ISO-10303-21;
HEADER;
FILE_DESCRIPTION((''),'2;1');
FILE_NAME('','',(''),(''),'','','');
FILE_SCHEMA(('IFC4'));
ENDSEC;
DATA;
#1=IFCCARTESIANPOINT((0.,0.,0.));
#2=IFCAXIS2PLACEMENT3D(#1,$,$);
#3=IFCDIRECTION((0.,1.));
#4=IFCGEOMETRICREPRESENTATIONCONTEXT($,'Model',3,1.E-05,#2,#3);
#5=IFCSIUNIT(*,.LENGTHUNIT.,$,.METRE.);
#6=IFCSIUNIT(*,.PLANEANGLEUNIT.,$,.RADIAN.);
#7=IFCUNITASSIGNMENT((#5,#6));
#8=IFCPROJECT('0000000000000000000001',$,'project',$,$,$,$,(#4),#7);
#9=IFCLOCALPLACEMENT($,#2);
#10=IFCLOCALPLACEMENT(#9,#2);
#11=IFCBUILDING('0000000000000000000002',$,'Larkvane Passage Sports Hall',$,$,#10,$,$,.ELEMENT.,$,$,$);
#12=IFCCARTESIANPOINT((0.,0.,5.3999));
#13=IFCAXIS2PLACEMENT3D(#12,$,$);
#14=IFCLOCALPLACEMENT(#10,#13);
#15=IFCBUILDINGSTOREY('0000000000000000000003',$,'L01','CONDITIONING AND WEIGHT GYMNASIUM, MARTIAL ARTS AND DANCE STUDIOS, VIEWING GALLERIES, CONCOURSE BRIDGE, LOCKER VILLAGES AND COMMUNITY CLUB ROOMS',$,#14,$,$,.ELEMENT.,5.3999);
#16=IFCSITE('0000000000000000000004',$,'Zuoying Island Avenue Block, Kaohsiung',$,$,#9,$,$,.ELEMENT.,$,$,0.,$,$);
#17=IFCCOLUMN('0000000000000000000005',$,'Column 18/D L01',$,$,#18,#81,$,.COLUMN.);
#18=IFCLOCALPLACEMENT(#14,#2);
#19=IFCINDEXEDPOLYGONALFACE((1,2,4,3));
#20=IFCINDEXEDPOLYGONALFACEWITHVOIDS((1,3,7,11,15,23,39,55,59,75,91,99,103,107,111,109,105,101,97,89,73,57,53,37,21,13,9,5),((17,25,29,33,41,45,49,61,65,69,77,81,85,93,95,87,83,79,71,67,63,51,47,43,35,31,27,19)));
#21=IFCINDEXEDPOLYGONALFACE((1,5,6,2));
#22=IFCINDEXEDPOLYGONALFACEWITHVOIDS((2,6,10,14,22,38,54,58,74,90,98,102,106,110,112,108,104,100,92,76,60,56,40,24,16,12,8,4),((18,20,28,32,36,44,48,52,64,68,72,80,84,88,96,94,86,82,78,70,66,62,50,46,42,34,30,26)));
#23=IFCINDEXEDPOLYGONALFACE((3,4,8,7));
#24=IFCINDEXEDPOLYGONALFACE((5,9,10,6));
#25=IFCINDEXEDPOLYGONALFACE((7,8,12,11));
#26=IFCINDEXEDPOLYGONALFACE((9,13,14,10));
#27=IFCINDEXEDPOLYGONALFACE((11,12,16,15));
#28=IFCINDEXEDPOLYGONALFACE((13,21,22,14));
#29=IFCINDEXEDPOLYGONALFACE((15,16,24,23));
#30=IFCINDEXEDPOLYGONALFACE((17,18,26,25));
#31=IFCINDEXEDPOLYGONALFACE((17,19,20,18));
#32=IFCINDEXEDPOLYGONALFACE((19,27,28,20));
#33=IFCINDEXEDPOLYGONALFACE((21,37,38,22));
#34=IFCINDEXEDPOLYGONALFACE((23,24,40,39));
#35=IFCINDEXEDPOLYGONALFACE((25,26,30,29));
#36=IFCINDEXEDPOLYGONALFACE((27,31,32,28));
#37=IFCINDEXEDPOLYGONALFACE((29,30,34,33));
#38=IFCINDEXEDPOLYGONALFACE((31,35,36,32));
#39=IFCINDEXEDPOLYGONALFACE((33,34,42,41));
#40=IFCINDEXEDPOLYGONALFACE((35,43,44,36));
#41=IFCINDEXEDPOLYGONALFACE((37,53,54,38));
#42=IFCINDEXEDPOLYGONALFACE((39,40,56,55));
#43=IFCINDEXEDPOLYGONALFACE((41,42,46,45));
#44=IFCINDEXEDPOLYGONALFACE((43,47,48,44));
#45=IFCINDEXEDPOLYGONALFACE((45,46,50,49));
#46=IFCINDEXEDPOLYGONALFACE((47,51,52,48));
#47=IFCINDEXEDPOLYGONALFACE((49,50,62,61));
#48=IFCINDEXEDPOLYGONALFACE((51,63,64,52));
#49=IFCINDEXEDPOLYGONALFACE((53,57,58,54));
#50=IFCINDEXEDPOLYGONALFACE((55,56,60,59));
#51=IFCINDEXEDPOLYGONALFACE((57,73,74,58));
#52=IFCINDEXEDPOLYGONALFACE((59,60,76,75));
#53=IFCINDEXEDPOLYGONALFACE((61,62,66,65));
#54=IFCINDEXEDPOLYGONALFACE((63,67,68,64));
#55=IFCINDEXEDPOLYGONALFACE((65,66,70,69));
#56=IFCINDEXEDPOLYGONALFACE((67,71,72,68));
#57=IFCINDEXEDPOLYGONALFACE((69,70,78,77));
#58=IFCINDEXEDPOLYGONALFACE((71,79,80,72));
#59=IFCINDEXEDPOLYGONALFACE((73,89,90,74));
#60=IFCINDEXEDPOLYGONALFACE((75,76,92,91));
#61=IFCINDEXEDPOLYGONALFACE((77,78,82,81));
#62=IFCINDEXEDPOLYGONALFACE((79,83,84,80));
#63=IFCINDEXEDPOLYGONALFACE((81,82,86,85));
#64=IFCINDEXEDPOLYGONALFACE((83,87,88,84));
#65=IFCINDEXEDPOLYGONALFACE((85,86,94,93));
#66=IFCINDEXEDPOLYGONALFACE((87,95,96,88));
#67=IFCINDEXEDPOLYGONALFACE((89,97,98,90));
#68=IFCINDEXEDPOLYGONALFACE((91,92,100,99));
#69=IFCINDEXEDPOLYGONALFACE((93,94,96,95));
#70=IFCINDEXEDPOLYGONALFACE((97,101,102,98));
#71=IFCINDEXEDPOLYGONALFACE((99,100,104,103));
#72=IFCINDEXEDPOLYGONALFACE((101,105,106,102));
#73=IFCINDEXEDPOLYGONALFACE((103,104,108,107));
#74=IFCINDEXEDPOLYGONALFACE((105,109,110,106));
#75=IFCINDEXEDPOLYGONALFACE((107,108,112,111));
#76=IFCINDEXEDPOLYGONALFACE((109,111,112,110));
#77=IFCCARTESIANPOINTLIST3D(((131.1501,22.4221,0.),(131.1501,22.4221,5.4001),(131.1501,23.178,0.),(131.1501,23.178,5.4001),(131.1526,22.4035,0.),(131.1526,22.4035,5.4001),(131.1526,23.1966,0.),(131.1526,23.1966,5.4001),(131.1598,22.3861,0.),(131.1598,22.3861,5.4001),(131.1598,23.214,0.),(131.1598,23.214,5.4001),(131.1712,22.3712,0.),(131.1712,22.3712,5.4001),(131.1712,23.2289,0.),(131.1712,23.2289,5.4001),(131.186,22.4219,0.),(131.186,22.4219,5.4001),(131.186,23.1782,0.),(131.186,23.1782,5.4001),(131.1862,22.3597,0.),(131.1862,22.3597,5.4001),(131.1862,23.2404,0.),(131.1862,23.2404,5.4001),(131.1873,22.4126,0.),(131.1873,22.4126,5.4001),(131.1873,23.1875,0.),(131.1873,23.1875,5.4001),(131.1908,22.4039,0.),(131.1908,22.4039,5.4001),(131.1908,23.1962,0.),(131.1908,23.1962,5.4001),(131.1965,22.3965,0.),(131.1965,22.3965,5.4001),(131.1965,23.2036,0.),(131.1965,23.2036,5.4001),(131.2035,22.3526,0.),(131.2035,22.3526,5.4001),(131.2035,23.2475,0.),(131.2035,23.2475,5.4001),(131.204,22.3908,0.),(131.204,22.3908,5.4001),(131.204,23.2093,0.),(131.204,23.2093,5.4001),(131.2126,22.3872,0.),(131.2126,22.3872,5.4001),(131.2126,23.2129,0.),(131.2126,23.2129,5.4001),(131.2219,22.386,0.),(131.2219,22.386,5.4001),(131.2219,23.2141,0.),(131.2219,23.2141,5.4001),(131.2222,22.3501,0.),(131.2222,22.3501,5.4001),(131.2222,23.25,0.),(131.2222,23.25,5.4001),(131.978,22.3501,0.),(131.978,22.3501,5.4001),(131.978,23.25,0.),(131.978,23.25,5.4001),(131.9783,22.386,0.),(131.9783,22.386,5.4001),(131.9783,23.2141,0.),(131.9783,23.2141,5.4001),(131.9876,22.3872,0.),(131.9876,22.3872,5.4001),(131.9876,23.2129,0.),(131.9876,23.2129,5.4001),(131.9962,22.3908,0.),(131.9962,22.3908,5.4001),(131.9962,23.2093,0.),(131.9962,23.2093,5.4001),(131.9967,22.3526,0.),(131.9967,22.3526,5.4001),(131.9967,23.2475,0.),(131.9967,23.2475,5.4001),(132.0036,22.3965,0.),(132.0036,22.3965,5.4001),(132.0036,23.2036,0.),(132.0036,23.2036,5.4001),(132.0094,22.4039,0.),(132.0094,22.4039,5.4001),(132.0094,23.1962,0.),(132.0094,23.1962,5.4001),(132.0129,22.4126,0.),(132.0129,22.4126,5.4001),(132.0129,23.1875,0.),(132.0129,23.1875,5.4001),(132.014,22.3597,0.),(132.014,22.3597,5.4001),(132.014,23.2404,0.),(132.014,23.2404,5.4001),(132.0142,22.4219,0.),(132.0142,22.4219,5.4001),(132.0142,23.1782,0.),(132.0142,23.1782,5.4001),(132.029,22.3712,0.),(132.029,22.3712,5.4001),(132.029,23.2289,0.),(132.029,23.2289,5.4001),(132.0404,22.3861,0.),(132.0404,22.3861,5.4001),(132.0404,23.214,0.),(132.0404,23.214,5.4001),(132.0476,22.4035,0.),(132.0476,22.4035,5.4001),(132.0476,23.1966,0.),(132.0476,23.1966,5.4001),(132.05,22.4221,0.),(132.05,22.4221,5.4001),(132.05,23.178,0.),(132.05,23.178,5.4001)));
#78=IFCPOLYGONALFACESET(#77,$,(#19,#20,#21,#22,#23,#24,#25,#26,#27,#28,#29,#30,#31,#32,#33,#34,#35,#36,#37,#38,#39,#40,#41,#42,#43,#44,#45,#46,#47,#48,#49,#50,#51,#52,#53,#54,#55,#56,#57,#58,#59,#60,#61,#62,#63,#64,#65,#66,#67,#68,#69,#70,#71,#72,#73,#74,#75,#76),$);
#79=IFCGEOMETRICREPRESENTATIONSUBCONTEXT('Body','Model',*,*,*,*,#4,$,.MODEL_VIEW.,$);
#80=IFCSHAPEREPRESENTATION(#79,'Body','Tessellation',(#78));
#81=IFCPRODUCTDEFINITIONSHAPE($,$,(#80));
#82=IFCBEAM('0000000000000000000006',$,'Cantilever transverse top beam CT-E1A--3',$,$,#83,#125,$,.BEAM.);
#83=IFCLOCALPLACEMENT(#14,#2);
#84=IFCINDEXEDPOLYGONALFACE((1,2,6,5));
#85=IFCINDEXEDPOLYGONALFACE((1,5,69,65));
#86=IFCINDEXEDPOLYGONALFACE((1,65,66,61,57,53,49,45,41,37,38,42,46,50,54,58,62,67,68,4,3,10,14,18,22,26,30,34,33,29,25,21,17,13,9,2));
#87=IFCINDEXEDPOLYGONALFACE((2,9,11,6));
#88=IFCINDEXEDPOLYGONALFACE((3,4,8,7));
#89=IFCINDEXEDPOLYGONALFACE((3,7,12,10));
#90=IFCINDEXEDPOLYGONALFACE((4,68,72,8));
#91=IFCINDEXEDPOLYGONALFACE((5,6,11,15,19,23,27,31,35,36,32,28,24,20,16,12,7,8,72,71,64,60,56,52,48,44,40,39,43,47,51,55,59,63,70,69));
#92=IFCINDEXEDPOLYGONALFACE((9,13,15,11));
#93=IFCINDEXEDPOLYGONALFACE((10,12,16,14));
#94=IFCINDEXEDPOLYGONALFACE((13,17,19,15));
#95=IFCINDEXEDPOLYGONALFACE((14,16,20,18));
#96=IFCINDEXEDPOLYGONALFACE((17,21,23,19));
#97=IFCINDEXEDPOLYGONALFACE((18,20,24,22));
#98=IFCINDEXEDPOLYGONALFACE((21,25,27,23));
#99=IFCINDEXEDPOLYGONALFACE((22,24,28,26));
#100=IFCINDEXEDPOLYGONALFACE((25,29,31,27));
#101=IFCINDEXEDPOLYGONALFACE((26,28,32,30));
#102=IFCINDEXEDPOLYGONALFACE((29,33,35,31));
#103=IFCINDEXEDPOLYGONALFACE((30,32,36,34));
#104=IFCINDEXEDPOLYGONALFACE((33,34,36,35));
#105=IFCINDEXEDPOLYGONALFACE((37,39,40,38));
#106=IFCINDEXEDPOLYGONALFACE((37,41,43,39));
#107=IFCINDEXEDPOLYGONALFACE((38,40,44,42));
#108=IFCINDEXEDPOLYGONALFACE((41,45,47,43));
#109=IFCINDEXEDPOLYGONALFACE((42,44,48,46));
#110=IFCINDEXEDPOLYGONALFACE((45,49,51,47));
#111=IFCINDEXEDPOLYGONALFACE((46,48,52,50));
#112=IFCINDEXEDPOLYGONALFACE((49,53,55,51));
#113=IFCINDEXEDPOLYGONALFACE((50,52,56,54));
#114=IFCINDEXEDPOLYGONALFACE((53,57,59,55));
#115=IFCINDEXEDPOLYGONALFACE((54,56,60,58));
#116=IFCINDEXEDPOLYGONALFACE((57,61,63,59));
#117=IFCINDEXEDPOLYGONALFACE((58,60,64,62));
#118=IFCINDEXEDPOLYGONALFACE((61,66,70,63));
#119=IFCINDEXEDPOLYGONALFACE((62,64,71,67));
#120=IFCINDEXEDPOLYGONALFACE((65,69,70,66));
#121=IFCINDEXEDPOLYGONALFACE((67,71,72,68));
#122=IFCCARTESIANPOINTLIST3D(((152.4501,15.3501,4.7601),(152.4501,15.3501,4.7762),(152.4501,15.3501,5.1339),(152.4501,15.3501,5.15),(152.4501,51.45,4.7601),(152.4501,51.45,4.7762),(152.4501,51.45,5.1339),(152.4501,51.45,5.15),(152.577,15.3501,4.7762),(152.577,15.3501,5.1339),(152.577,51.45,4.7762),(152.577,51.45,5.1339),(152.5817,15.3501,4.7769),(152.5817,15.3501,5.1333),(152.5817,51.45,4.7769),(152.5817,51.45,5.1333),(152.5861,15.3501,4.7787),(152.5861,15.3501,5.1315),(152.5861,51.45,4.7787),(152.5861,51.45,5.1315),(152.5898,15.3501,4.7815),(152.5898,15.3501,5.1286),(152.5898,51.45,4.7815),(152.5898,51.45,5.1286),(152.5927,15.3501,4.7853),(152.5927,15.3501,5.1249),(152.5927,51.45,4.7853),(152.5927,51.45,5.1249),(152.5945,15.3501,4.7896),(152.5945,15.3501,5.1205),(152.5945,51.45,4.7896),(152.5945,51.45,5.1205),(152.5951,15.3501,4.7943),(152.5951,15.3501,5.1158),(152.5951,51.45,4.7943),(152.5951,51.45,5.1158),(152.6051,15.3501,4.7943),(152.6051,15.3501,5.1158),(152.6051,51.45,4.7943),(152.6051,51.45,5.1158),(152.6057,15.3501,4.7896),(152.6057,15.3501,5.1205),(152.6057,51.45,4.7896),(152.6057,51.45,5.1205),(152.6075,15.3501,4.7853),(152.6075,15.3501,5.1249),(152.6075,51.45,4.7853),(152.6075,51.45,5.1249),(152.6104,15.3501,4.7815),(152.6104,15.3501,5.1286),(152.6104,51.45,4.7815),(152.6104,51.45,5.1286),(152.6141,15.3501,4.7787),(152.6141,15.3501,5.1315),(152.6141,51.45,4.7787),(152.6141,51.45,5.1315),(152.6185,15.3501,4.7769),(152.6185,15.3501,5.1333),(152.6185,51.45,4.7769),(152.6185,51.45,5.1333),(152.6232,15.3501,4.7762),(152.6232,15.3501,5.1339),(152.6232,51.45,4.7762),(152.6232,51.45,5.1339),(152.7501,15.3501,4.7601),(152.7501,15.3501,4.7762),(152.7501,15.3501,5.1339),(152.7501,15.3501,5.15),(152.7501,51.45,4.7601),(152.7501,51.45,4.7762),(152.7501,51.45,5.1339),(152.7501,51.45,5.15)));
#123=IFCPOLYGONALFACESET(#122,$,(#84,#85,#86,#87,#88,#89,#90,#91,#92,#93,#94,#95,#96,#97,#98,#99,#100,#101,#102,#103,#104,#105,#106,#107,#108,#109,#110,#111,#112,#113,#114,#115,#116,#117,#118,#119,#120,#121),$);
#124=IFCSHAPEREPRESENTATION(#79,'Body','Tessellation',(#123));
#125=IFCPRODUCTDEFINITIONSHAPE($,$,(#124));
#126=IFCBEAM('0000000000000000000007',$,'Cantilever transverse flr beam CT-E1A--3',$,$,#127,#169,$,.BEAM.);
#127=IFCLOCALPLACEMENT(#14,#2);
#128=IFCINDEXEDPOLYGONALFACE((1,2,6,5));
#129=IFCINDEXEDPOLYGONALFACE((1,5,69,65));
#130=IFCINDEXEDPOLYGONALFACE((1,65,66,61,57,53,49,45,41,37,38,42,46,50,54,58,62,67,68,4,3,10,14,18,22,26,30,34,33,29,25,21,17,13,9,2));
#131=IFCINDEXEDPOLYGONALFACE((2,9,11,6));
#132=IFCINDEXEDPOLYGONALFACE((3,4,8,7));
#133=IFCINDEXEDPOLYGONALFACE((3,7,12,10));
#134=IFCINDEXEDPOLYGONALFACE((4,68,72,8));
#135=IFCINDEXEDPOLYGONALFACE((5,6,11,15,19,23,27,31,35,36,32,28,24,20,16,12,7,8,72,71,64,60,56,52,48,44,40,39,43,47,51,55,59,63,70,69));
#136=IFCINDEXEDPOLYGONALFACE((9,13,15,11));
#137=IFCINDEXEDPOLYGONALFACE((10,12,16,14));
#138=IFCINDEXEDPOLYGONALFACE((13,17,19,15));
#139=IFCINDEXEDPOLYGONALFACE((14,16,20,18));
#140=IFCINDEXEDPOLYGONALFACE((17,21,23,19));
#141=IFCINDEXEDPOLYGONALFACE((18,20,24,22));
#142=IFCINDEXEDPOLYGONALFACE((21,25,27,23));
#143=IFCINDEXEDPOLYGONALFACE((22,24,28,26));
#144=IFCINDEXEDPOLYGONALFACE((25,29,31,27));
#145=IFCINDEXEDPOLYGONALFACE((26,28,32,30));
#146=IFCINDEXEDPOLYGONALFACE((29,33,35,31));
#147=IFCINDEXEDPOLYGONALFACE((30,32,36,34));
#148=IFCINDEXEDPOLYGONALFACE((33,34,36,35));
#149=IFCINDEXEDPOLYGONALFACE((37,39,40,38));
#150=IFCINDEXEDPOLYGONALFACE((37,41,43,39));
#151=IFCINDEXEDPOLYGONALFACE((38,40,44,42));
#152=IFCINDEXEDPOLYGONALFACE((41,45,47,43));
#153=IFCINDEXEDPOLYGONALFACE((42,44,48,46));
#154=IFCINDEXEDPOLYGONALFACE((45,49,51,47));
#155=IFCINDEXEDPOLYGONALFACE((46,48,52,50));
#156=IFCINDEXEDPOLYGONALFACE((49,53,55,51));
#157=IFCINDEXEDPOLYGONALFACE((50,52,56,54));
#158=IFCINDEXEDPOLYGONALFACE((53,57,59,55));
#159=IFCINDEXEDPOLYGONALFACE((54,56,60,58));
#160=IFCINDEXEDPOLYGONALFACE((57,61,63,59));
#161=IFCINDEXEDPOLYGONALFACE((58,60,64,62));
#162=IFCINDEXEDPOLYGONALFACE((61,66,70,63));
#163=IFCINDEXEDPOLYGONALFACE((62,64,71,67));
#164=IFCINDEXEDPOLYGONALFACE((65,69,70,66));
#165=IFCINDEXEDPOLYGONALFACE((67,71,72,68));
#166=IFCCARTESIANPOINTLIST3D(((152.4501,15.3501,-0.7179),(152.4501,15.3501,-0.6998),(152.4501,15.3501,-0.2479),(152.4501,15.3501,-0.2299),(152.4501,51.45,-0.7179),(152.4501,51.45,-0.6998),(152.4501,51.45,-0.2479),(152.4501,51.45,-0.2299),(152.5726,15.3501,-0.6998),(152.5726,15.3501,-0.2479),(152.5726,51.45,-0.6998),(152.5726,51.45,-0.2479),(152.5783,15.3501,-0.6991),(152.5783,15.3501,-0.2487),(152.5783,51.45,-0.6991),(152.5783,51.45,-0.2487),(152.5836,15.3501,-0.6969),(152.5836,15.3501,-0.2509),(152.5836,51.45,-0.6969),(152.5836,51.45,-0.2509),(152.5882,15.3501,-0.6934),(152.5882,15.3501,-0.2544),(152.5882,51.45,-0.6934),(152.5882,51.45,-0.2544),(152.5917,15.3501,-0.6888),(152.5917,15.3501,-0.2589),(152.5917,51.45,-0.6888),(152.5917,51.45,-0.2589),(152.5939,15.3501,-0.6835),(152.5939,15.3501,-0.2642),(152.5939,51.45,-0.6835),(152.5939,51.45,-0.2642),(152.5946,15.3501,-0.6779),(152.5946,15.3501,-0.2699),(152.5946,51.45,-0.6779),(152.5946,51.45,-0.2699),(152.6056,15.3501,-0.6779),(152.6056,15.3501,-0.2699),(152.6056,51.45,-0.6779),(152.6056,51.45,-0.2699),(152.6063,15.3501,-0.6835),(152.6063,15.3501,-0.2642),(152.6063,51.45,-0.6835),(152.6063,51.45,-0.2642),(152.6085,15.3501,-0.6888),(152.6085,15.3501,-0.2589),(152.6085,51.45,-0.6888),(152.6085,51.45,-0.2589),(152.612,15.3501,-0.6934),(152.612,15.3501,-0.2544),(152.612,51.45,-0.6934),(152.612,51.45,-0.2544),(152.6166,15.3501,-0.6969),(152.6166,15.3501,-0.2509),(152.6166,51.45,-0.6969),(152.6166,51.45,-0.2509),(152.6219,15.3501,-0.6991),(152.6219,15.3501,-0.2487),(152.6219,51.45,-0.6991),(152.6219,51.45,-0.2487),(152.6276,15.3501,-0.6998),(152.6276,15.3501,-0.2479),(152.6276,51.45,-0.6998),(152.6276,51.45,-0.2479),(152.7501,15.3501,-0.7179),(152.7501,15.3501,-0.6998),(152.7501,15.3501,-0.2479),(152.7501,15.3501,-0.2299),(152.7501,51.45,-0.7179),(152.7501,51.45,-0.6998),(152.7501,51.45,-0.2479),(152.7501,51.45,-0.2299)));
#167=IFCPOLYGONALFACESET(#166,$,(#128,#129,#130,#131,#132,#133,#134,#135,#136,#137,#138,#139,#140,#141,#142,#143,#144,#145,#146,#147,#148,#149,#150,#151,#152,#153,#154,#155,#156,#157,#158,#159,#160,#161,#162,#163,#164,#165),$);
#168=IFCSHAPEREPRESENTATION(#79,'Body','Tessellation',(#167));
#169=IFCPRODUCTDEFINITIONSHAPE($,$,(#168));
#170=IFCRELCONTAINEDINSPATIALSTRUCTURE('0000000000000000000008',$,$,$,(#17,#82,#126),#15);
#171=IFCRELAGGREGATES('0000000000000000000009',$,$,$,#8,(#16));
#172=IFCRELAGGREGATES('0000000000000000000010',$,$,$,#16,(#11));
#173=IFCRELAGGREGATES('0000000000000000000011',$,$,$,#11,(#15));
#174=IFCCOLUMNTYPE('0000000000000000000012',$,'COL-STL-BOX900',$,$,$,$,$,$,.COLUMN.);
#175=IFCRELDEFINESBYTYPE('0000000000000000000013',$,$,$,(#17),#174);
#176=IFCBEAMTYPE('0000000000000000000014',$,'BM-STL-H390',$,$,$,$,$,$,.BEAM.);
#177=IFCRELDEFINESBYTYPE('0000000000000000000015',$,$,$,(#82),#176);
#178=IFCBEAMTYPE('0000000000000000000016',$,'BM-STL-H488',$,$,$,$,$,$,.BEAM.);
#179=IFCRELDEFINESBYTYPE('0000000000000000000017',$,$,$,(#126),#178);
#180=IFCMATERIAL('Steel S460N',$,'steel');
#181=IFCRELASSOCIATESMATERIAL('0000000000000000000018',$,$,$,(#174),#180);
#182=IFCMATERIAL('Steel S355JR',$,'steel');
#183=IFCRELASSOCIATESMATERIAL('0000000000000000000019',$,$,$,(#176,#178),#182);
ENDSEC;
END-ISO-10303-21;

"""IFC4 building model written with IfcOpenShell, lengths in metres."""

from ifc_helpers import new_model, si_unit, direction, frame, origin, origin_2d, place, context, subcontext, project, spatial, hollow_rectangle, i_section, extrude, material, material_profile, profile_set, type_object, element, save


model = new_model("IFC4")

# Units and contexts
model_context = context("Model", 3, precision=1e-05, world=origin(), true_north=direction((0.0, 1.0)))
body_context = subcontext(model_context, "Body", "Model", "MODEL_VIEW")
ifc_project = project(units=[si_unit("LENGTHUNIT", "METRE"), si_unit("PLANEANGLEUNIT", "RADIAN")], contexts=[model_context])

# Site, building, storey
site_placement = place(None, origin())
site = spatial("IfcSite", under=ifc_project, at=site_placement, Name="Zuoying Island Avenue Block, Kaohsiung", CompositionType="ELEMENT", RefElevation=0.0)
building_placement = place(site_placement, origin())
building = spatial("IfcBuilding", under=site, at=building_placement, Name="Larkvane Passage Sports Hall", CompositionType="ELEMENT")
storey_placement = place(building_placement, frame((0.0, 0.0, 5.3999)))
storey = spatial("IfcBuildingStorey", under=building, at=storey_placement, Name="L01", Description="CONDITIONING AND WEIGHT GYMNASIUM, MARTIAL ARTS AND DANCE STUDIOS, VIEWING GALLERIES, CONCOURSE BRIDGE, LOCKER VILLAGES AND COMMUNITY CLUB ROOMS", CompositionType="ELEMENT", Elevation=5.3999)

# Column
ifc_material_1 = material(Name="Steel S460N", Category="steel")
ifc_material_profile_1 = material_profile(ifc_material_1, hollow_rectangle(XDim=0.8999, YDim=0.8999, WallThickness=0.0359, InnerFilletRadius=0.0359, OuterFilletRadius=0.072, at=origin_2d()), Name="BOX-900x900x36")
ifc_profile_set_1 = profile_set([ifc_material_profile_1], Name="Steel S460N")
column_type = type_object("IfcColumnType", Name="COL-STL-BOX900", PredefinedType="COLUMN", material=ifc_profile_set_1)
column_placement = place(storey_placement, frame((131.6001, 22.8, 0.0), z_axis=(0.0, 0.0, 1.0), x_axis=(1.0, 0.0, 0.0)))
element("IfcColumn", 1, at=column_placement, inside=storey, type_object=column_type, Name="Column 18/D L01", PredefinedType="COLUMN", context=body_context, shape_type="SweptSolid", body=[
    extrude(hollow_rectangle(XDim=0.8999, YDim=0.8999, WallThickness=0.0359, InnerFilletRadius=0.0359, OuterFilletRadius=0.072, at=origin_2d()), origin(), (0.0, 0.0, 1.0), 5.4001),
])

# Beams
ifc_material_2 = material(Name="Steel S355JR", Category="steel")
ifc_material_profile_2 = material_profile(ifc_material_2, i_section(OverallWidth=0.3, OverallDepth=0.3899, WebThickness=0.01, FlangeThickness=0.0161, FilletRadius=0.0181, at=origin_2d()), Name="H-390x300x10x16")
ifc_profile_set_2 = profile_set([ifc_material_profile_2], Name="Steel S355JR")
beam_type_1 = type_object("IfcBeamType", Name="BM-STL-H390", PredefinedType="BEAM", material=ifc_profile_set_2)
beam_1_placement = place(storey_placement, frame((152.6001, 15.3501, 4.9551), z_axis=(0.0, 1.0, 0.0), x_axis=(-1.0, 0.0, 0.0)))
element("IfcBeam", 2, at=beam_1_placement, inside=storey, type_object=beam_type_1, Name="Cantilever transverse top beam CT-E1A--3", PredefinedType="BEAM", context=body_context, shape_type="SweptSolid", body=[
    extrude(i_section(OverallWidth=0.3, OverallDepth=0.3899, WebThickness=0.01, FlangeThickness=0.0161, FilletRadius=0.0181, at=origin_2d()), origin(), (0.0, 0.0, 1.0), 36.0999),
])
ifc_material_profile_3 = material_profile(ifc_material_2, i_section(OverallWidth=0.3, OverallDepth=0.488, WebThickness=0.011, FlangeThickness=0.0181, FilletRadius=0.022, at=origin_2d()), Name="H-488x300x11x18")
ifc_profile_set_3 = profile_set([ifc_material_profile_3], Name="Steel S355JR")
beam_type_2 = type_object("IfcBeamType", Name="BM-STL-H488", PredefinedType="BEAM", material=ifc_profile_set_3)
beam_2_placement = place(storey_placement, frame((152.6001, 15.3501, -0.4739), z_axis=(0.0, 1.0, 0.0), x_axis=(-1.0, 0.0, 0.0)))
element("IfcBeam", 3, at=beam_2_placement, inside=storey, type_object=beam_type_2, Name="Cantilever transverse flr beam CT-E1A--3", PredefinedType="BEAM", context=body_context, shape_type="SweptSolid", body=[
    extrude(i_section(OverallWidth=0.3, OverallDepth=0.488, WebThickness=0.011, FlangeThickness=0.0181, FilletRadius=0.022, at=origin_2d()), origin(), (0.0, 0.0, 1.0), 36.0999),
])

save(model, "model.ifc")
